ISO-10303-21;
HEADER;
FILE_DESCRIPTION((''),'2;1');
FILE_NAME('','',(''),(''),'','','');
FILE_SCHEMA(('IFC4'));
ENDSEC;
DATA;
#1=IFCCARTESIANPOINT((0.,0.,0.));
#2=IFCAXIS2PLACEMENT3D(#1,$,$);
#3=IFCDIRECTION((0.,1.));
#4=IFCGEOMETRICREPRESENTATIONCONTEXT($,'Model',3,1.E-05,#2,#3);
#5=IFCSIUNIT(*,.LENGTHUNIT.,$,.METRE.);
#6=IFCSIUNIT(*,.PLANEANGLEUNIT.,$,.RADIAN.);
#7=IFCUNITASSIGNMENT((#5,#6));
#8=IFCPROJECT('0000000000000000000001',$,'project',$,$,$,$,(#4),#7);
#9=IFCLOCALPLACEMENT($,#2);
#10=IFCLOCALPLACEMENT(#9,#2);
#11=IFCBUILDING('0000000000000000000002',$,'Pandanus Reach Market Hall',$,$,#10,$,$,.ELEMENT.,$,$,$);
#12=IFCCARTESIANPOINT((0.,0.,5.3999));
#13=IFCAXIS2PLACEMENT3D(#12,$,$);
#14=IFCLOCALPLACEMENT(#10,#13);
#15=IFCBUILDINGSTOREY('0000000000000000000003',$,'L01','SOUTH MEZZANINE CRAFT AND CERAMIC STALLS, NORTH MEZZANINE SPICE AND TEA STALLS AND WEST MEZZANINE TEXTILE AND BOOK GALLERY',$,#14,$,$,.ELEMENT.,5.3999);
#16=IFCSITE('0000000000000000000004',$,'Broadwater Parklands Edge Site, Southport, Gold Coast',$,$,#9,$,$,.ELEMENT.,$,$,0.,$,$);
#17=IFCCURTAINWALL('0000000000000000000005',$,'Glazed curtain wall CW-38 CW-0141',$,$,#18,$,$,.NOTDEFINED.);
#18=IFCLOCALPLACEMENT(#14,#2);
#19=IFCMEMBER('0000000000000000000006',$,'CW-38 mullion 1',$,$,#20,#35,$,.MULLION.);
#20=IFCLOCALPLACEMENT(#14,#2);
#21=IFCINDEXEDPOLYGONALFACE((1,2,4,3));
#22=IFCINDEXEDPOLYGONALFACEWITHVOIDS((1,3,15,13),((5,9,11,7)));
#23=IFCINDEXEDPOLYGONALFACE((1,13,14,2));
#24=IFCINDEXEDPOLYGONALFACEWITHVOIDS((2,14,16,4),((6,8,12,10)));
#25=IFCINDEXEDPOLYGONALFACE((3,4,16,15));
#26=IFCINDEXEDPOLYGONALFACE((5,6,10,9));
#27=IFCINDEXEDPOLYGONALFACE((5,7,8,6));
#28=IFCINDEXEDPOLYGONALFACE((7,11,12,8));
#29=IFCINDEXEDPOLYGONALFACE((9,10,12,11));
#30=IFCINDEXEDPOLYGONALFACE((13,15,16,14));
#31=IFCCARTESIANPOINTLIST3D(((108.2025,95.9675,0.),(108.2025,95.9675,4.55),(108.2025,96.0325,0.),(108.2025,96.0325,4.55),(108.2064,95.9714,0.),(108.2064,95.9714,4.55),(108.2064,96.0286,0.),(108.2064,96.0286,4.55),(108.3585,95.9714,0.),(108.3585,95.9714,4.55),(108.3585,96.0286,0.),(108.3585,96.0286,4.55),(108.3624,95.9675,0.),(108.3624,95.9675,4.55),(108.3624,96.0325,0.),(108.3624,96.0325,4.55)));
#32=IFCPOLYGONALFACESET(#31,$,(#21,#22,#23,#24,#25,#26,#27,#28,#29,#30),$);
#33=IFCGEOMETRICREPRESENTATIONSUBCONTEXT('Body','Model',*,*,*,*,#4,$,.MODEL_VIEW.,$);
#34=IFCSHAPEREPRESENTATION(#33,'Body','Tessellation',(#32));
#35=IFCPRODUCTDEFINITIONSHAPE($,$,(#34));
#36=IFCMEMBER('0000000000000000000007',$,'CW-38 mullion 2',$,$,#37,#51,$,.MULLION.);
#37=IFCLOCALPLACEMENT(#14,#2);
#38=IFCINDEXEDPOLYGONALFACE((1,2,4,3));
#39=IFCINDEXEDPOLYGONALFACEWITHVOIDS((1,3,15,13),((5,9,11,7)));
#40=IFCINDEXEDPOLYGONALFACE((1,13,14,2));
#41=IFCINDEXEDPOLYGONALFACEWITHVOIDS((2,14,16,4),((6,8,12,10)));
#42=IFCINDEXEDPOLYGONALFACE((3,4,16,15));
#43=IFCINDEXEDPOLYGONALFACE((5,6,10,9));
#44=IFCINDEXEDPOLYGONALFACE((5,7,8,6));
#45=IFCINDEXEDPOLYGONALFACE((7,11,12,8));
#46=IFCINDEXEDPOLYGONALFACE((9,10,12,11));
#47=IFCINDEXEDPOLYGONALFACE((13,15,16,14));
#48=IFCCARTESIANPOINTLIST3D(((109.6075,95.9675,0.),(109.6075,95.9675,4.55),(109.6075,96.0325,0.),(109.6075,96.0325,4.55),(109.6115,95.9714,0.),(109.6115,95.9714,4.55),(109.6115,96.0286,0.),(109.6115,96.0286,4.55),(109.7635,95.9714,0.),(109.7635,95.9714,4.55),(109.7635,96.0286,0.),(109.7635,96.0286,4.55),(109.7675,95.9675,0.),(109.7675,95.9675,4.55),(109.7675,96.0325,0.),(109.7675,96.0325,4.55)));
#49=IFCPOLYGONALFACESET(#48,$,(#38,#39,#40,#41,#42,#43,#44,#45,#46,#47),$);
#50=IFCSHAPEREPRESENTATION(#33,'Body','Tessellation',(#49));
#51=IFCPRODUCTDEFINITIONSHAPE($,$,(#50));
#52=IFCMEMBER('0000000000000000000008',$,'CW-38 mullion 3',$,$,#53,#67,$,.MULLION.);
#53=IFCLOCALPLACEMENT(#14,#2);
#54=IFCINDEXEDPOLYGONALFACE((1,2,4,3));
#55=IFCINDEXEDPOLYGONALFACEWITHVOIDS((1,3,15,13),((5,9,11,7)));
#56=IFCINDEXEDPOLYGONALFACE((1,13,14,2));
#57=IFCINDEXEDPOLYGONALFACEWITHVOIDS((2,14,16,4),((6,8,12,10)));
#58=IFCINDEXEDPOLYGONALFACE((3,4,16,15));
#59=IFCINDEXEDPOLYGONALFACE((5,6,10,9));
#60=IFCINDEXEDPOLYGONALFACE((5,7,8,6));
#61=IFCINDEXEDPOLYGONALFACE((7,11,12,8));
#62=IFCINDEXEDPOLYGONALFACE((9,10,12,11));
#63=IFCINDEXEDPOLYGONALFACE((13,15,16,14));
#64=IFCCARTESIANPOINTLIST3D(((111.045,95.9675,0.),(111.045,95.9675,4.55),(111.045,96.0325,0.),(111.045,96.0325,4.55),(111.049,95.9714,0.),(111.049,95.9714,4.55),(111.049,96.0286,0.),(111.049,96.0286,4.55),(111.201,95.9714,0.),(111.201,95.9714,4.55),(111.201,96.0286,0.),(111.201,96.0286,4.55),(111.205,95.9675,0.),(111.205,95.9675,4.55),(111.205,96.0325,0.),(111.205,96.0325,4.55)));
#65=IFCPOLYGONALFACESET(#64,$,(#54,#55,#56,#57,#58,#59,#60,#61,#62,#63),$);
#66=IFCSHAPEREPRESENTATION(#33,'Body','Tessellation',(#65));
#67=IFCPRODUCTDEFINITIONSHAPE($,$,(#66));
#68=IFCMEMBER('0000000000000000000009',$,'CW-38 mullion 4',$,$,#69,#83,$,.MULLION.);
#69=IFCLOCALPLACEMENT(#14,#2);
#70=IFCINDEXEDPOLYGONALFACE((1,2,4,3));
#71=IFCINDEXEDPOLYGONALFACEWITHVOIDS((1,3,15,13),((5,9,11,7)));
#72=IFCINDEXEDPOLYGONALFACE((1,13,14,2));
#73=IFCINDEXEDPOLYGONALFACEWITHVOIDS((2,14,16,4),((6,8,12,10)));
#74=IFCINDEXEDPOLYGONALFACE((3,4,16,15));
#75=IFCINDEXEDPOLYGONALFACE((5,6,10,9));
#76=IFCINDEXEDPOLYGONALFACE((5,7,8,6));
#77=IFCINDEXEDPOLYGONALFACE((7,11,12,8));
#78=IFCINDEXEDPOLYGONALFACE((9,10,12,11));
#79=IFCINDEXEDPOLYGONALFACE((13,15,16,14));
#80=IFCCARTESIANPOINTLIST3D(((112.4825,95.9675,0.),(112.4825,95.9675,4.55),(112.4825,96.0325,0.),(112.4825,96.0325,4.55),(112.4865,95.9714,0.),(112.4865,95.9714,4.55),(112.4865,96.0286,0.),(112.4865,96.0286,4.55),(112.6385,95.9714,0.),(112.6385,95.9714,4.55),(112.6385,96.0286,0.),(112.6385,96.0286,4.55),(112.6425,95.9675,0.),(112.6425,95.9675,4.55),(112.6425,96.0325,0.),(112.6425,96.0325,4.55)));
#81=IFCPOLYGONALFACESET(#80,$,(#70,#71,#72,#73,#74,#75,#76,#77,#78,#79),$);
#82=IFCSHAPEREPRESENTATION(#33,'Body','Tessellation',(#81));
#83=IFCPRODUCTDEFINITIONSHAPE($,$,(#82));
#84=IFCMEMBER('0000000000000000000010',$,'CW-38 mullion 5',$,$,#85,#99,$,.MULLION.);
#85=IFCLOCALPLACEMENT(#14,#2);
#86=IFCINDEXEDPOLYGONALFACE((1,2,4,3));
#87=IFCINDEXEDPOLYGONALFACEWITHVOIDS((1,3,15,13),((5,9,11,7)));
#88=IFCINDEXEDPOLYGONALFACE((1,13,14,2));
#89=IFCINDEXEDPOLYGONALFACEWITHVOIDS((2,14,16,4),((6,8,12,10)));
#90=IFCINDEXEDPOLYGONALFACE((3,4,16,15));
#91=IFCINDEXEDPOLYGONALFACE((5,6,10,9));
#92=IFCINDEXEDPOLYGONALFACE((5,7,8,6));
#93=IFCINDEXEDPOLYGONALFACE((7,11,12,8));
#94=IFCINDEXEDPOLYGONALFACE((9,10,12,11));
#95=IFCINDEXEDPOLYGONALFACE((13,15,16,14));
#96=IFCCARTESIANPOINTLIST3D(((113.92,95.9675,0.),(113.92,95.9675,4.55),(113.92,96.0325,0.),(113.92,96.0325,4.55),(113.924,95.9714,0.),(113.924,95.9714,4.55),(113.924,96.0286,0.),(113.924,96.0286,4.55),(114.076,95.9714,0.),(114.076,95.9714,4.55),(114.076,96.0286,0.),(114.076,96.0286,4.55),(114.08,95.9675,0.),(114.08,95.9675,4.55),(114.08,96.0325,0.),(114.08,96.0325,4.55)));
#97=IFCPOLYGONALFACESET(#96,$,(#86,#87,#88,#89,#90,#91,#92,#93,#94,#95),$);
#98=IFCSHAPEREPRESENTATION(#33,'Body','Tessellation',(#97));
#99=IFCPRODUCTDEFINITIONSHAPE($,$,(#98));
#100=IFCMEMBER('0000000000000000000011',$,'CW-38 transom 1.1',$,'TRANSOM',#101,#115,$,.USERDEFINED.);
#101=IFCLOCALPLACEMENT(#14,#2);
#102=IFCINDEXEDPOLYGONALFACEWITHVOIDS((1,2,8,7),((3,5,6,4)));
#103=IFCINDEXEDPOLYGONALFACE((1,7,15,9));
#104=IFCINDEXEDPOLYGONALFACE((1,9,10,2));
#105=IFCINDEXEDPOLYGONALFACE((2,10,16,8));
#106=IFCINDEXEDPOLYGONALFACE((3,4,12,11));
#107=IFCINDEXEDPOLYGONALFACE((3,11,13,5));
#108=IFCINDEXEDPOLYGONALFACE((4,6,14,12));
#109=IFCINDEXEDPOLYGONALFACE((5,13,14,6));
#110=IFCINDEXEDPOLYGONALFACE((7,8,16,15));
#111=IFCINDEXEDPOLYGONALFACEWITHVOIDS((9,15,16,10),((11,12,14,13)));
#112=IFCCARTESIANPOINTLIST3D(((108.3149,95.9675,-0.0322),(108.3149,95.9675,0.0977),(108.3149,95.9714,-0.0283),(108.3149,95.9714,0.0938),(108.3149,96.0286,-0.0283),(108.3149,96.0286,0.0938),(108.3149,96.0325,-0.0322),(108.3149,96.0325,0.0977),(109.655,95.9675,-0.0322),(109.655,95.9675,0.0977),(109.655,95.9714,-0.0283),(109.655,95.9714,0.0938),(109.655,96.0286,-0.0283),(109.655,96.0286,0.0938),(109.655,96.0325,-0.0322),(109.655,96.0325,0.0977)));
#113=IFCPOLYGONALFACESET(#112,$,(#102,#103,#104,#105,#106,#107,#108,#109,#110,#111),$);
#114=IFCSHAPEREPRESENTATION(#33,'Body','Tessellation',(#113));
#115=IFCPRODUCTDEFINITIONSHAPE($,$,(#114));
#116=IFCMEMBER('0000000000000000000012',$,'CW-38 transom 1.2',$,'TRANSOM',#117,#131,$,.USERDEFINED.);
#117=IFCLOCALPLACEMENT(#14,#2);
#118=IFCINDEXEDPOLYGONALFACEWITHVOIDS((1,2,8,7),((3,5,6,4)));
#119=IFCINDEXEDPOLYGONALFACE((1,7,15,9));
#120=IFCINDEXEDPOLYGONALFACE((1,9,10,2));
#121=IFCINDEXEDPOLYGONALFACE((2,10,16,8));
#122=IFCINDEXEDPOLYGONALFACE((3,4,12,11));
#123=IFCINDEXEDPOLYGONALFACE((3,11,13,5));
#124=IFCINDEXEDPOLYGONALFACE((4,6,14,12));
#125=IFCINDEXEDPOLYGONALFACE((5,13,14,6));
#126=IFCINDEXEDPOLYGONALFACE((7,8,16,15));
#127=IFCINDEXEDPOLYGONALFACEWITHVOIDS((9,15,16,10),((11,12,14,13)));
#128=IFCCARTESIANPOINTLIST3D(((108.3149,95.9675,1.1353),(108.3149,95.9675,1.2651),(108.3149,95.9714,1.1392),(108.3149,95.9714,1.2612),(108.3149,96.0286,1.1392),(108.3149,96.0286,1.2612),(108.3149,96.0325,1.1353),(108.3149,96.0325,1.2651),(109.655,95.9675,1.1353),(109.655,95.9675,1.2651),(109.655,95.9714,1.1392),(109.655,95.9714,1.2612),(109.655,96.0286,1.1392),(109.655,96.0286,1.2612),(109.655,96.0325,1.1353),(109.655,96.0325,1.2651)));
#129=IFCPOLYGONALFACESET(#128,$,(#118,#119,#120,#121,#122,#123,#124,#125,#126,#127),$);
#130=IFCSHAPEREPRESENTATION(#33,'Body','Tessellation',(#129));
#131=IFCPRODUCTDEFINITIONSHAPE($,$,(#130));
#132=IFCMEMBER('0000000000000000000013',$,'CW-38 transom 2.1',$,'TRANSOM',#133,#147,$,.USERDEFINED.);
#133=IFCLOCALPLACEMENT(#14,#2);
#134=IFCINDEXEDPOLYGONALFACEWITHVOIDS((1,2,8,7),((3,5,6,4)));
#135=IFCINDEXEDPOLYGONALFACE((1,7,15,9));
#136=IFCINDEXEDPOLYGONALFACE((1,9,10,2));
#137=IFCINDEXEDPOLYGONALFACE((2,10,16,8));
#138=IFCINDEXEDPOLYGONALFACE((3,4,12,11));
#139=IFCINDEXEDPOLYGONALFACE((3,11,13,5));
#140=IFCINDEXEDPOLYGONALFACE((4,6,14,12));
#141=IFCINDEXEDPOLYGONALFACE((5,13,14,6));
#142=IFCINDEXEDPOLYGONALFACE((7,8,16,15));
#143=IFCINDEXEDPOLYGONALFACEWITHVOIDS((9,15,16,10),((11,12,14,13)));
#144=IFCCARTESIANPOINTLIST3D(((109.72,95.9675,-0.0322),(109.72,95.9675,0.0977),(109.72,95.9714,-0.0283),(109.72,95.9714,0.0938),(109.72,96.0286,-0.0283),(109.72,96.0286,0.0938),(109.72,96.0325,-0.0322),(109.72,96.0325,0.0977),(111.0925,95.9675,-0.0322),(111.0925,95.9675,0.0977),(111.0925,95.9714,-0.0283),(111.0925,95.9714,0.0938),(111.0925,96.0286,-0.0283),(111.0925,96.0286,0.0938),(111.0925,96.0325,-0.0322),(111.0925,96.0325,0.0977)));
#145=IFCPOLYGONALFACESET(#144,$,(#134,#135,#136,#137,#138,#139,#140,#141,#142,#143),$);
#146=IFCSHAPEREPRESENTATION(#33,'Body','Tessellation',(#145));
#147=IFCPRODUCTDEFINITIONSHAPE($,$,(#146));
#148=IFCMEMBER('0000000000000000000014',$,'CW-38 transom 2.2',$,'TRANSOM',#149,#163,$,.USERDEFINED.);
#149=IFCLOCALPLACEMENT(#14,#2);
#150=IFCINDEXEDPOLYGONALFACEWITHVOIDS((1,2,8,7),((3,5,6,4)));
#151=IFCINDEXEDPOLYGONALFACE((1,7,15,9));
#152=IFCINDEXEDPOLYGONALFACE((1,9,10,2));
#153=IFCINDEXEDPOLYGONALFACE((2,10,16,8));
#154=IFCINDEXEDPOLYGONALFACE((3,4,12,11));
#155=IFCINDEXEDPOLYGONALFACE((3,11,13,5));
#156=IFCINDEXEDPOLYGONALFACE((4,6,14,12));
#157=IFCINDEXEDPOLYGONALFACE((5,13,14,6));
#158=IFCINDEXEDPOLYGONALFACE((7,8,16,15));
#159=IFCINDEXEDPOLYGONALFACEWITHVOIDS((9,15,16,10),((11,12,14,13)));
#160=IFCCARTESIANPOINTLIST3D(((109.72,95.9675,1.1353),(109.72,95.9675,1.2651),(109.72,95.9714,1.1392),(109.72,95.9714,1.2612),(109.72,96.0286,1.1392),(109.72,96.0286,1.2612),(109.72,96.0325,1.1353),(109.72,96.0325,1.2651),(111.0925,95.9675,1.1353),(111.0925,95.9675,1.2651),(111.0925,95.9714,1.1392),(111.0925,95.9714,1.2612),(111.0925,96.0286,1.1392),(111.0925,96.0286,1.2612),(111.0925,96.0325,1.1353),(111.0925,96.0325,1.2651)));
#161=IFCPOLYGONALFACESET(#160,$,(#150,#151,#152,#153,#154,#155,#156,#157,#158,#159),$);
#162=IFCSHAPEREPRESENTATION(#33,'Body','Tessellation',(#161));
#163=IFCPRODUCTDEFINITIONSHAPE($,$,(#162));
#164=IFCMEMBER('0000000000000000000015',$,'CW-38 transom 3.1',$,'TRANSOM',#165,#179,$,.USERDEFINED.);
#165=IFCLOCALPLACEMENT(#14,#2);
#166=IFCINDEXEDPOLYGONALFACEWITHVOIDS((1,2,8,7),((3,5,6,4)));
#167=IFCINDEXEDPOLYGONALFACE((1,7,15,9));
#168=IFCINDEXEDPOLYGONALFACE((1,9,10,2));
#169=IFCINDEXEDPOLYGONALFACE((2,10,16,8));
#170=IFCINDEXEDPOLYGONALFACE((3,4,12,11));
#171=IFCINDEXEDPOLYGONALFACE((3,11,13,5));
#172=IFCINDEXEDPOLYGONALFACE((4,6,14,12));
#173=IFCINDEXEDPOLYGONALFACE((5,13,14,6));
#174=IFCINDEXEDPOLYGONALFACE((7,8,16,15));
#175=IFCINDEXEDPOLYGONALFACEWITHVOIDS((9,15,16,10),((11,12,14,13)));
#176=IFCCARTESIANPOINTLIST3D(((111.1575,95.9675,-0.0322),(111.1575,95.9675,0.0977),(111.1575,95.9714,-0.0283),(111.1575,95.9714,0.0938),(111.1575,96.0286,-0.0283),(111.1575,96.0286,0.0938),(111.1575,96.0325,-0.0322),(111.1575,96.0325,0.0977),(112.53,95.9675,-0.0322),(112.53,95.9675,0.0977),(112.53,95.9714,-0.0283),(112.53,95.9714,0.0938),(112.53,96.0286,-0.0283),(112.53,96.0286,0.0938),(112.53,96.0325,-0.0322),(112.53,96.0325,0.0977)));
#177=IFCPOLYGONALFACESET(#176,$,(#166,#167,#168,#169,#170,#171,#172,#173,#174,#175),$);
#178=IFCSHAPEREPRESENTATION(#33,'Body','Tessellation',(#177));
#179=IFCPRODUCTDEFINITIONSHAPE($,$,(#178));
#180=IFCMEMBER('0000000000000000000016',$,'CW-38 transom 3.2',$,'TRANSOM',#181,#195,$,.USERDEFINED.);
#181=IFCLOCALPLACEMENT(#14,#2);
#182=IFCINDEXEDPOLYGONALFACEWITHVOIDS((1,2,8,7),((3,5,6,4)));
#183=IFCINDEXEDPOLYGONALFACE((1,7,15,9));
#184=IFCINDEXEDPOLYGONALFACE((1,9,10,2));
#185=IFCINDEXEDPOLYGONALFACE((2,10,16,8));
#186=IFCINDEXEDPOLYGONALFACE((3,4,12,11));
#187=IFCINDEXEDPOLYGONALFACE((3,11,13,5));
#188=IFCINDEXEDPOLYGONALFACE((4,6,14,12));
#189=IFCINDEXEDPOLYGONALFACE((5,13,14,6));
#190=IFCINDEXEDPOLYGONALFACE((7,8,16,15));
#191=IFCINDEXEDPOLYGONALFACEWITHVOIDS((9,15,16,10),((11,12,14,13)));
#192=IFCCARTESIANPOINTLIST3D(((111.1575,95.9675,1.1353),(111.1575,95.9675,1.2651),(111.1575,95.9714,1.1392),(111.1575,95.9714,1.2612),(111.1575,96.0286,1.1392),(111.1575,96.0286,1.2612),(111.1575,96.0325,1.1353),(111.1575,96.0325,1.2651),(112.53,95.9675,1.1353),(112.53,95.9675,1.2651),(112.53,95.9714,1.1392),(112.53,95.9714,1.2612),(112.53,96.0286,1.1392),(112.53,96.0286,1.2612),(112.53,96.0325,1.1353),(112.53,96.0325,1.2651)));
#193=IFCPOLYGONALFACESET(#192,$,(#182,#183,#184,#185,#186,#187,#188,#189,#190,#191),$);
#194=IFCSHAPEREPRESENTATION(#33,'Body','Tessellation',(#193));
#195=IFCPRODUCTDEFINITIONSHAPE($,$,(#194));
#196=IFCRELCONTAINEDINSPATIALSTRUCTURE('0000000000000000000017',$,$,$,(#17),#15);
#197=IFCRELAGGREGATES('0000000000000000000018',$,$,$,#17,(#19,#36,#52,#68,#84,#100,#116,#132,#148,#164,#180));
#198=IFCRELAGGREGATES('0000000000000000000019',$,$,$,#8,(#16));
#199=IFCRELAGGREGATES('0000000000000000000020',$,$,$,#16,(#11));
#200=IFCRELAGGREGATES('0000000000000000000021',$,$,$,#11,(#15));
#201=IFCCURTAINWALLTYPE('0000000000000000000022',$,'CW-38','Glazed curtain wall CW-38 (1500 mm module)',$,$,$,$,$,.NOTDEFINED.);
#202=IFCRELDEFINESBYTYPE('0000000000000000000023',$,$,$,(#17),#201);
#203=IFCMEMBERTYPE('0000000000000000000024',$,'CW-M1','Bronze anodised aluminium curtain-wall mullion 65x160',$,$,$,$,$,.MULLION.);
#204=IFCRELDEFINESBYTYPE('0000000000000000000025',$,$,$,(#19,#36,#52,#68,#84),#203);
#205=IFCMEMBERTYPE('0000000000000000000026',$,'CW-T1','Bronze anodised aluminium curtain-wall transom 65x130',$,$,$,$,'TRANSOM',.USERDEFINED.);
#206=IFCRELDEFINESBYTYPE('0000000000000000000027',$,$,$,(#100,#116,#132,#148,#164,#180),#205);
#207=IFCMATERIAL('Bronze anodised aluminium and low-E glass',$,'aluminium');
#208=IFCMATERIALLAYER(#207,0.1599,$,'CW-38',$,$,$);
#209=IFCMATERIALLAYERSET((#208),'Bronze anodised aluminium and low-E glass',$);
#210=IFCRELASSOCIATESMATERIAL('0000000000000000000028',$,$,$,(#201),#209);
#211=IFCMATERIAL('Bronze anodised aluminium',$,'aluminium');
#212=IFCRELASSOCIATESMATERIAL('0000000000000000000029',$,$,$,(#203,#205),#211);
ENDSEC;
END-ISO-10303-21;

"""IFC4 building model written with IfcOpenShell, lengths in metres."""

from ifc_helpers import new_model, si_unit, direction, frame, origin, origin_2d, place, context, subcontext, project, spatial, hollow_rectangle, extrude, material, layer, layer_set, material_profile, profile_set, type_object, element, aggregate, save


model = new_model("IFC4")

# Units and contexts
model_context = context("Model", 3, precision=1e-05, world=origin(), true_north=direction((0.0, 1.0)))
body_context = subcontext(model_context, "Body", "Model", "MODEL_VIEW")
ifc_project = project(units=[si_unit("LENGTHUNIT", "METRE"), si_unit("PLANEANGLEUNIT", "RADIAN")], contexts=[model_context])

# Site, building, storey
site_placement = place(None, origin())
site = spatial("IfcSite", under=ifc_project, at=site_placement, Name="Broadwater Parklands Edge Site, Southport, Gold Coast", CompositionType="ELEMENT", RefElevation=0.0)
building_placement = place(site_placement, origin())
building = spatial("IfcBuilding", under=site, at=building_placement, Name="Pandanus Reach Market Hall", CompositionType="ELEMENT")
storey_placement = place(building_placement, frame((0.0, 0.0, 5.3999)))
storey = spatial("IfcBuildingStorey", under=building, at=storey_placement, Name="L01", Description="SOUTH MEZZANINE CRAFT AND CERAMIC STALLS, NORTH MEZZANINE SPICE AND TEA STALLS AND WEST MEZZANINE TEXTILE AND BOOK GALLERY", CompositionType="ELEMENT", Elevation=5.3999)

# Curtain wall, members
ifc_material_1 = material(Name="Bronze anodised aluminium and low-E glass", Category="aluminium")
ifc_layer_1 = layer(ifc_material_1, 0.1599, Name="CW-38")
ifc_layer_set_1 = layer_set([ifc_layer_1], Name="Bronze anodised aluminium and low-E glass")
curtain_wall_type = type_object("IfcCurtainWallType", Name="CW-38", Description="Glazed curtain wall CW-38 (1500 mm module)", PredefinedType="NOTDEFINED", material=ifc_layer_set_1)
curtain_wall_placement = place(storey_placement, origin())
curtain_wall = element("IfcCurtainWall", 1, at=curtain_wall_placement, inside=storey, type_object=curtain_wall_type, Name="Glazed curtain wall CW-38 CW-0141", PredefinedType="NOTDEFINED")
ifc_material_2 = material(Name="Bronze anodised aluminium", Category="aluminium")
ifc_material_profile_1 = material_profile(ifc_material_2, hollow_rectangle(XDim=0.0649, YDim=0.1599, WallThickness=0.0039, at=origin_2d()), Name="ALU65x160", Category="LoadBearing")
ifc_profile_set_1 = profile_set([ifc_material_profile_1], Name="Bronze anodised aluminium")
member_type_1 = type_object("IfcMemberType", Name="CW-M1", Description="Bronze anodised aluminium curtain-wall mullion 65x160", PredefinedType="MULLION", material=ifc_profile_set_1)
member_1_placement = place(storey_placement, frame((108.2825, 96.0, 0.0), z_axis=(0.0, 0.0, 1.0), x_axis=(0.0, 1.0, 0.0)))
member_1 = element("IfcMember", 2, at=member_1_placement, type_object=member_type_1, Name="CW-38 mullion 1", PredefinedType="MULLION", context=body_context, shape_type="SweptSolid", body=[
    extrude(hollow_rectangle(XDim=0.0649, YDim=0.1599, WallThickness=0.0039, at=origin_2d()), origin(), (0.0, 0.0, 1.0), 4.55),
])
member_2_placement = place(storey_placement, frame((109.6875, 96.0, 0.0), z_axis=(0.0, 0.0, 1.0), x_axis=(0.0, 1.0, 0.0)))
member_2 = element("IfcMember", 3, at=member_2_placement, type_object=member_type_1, Name="CW-38 mullion 2", PredefinedType="MULLION", context=body_context, shape_type="SweptSolid", body=[
    extrude(hollow_rectangle(XDim=0.0649, YDim=0.1599, WallThickness=0.0039, at=origin_2d()), origin(), (0.0, 0.0, 1.0), 4.55),
])
member_3_placement = place(storey_placement, frame((111.125, 96.0, 0.0), z_axis=(0.0, 0.0, 1.0), x_axis=(0.0, 1.0, 0.0)))
member_3 = element("IfcMember", 4, at=member_3_placement, type_object=member_type_1, Name="CW-38 mullion 3", PredefinedType="MULLION", context=body_context, shape_type="SweptSolid", body=[
    extrude(hollow_rectangle(XDim=0.0649, YDim=0.1599, WallThickness=0.0039, at=origin_2d()), origin(), (0.0, 0.0, 1.0), 4.55),
])
member_4_placement = place(storey_placement, frame((112.5625, 96.0, 0.0), z_axis=(0.0, 0.0, 1.0), x_axis=(0.0, 1.0, 0.0)))
member_4 = element("IfcMember", 5, at=member_4_placement, type_object=member_type_1, Name="CW-38 mullion 4", PredefinedType="MULLION", context=body_context, shape_type="SweptSolid", body=[
    extrude(hollow_rectangle(XDim=0.0649, YDim=0.1599, WallThickness=0.0039, at=origin_2d()), origin(), (0.0, 0.0, 1.0), 4.55),
])
member_5_placement = place(storey_placement, frame((114.0, 96.0, 0.0), z_axis=(0.0, 0.0, 1.0), x_axis=(0.0, 1.0, 0.0)))
member_5 = element("IfcMember", 6, at=member_5_placement, type_object=member_type_1, Name="CW-38 mullion 5", PredefinedType="MULLION", context=body_context, shape_type="SweptSolid", body=[
    extrude(hollow_rectangle(XDim=0.0649, YDim=0.1599, WallThickness=0.0039, at=origin_2d()), origin(), (0.0, 0.0, 1.0), 4.55),
])
ifc_material_profile_2 = material_profile(ifc_material_2, hollow_rectangle(XDim=0.0649, YDim=0.1299, WallThickness=0.0039, at=origin_2d()), Name="ALU65x130", Category="LoadBearing")
ifc_profile_set_2 = profile_set([ifc_material_profile_2], Name="Bronze anodised aluminium")
member_type_2 = type_object("IfcMemberType", Name="CW-T1", Description="Bronze anodised aluminium curtain-wall transom 65x130", ElementType="TRANSOM", PredefinedType="USERDEFINED", material=ifc_profile_set_2)
member_6_placement = place(storey_placement, frame((108.3149, 96.0, 0.0327), z_axis=(1.0, 0.0, 0.0), x_axis=(0.0, 1.0, 0.0)))
member_6 = element("IfcMember", 7, at=member_6_placement, type_object=member_type_2, Name="CW-38 transom 1.1", ObjectType="TRANSOM", PredefinedType="USERDEFINED", context=body_context, shape_type="SweptSolid", body=[
    extrude(hollow_rectangle(XDim=0.0649, YDim=0.1299, WallThickness=0.0039, at=origin_2d()), origin(), (0.0, 0.0, 1.0), 1.3401),
])
member_7_placement = place(storey_placement, frame((108.3149, 96.0, 1.2002), z_axis=(1.0, 0.0, 0.0), x_axis=(0.0, 1.0, 0.0)))
member_7 = element("IfcMember", 8, at=member_7_placement, type_object=member_type_2, Name="CW-38 transom 1.2", ObjectType="TRANSOM", PredefinedType="USERDEFINED", context=body_context, shape_type="SweptSolid", body=[
    extrude(hollow_rectangle(XDim=0.0649, YDim=0.1299, WallThickness=0.0039, at=origin_2d()), origin(), (0.0, 0.0, 1.0), 1.3401),
])
member_8_placement = place(storey_placement, frame((109.72, 96.0, 0.0327), z_axis=(1.0, 0.0, 0.0), x_axis=(0.0, 1.0, 0.0)))
member_8 = element("IfcMember", 9, at=member_8_placement, type_object=member_type_2, Name="CW-38 transom 2.1", ObjectType="TRANSOM", PredefinedType="USERDEFINED", context=body_context, shape_type="SweptSolid", body=[
    extrude(hollow_rectangle(XDim=0.0649, YDim=0.1299, WallThickness=0.0039, at=origin_2d()), origin(), (0.0, 0.0, 1.0), 1.3726),
])
member_9_placement = place(storey_placement, frame((109.72, 96.0, 1.2002), z_axis=(1.0, 0.0, 0.0), x_axis=(0.0, 1.0, 0.0)))
member_9 = element("IfcMember", 10, at=member_9_placement, type_object=member_type_2, Name="CW-38 transom 2.2", ObjectType="TRANSOM", PredefinedType="USERDEFINED", context=body_context, shape_type="SweptSolid", body=[
    extrude(hollow_rectangle(XDim=0.0649, YDim=0.1299, WallThickness=0.0039, at=origin_2d()), origin(), (0.0, 0.0, 1.0), 1.3726),
])
member_10_placement = place(storey_placement, frame((111.1575, 96.0, 0.0327), z_axis=(1.0, 0.0, 0.0), x_axis=(0.0, 1.0, 0.0)))
member_10 = element("IfcMember", 11, at=member_10_placement, type_object=member_type_2, Name="CW-38 transom 3.1", ObjectType="TRANSOM", PredefinedType="USERDEFINED", context=body_context, shape_type="SweptSolid", body=[
    extrude(hollow_rectangle(XDim=0.0649, YDim=0.1299, WallThickness=0.0039, at=origin_2d()), origin(), (0.0, 0.0, 1.0), 1.3726),
])
member_11_placement = place(storey_placement, frame((111.1575, 96.0, 1.2002), z_axis=(1.0, 0.0, 0.0), x_axis=(0.0, 1.0, 0.0)))
member_11 = element("IfcMember", 12, at=member_11_placement, type_object=member_type_2, Name="CW-38 transom 3.2", ObjectType="TRANSOM", PredefinedType="USERDEFINED", context=body_context, shape_type="SweptSolid", body=[
    extrude(hollow_rectangle(XDim=0.0649, YDim=0.1299, WallThickness=0.0039, at=origin_2d()), origin(), (0.0, 0.0, 1.0), 1.3726),
])
aggregate(curtain_wall, [member_1, member_2, member_3, member_4, member_5, member_6, member_7, member_8, member_9, member_10, member_11])

save(model, "model.ifc")
